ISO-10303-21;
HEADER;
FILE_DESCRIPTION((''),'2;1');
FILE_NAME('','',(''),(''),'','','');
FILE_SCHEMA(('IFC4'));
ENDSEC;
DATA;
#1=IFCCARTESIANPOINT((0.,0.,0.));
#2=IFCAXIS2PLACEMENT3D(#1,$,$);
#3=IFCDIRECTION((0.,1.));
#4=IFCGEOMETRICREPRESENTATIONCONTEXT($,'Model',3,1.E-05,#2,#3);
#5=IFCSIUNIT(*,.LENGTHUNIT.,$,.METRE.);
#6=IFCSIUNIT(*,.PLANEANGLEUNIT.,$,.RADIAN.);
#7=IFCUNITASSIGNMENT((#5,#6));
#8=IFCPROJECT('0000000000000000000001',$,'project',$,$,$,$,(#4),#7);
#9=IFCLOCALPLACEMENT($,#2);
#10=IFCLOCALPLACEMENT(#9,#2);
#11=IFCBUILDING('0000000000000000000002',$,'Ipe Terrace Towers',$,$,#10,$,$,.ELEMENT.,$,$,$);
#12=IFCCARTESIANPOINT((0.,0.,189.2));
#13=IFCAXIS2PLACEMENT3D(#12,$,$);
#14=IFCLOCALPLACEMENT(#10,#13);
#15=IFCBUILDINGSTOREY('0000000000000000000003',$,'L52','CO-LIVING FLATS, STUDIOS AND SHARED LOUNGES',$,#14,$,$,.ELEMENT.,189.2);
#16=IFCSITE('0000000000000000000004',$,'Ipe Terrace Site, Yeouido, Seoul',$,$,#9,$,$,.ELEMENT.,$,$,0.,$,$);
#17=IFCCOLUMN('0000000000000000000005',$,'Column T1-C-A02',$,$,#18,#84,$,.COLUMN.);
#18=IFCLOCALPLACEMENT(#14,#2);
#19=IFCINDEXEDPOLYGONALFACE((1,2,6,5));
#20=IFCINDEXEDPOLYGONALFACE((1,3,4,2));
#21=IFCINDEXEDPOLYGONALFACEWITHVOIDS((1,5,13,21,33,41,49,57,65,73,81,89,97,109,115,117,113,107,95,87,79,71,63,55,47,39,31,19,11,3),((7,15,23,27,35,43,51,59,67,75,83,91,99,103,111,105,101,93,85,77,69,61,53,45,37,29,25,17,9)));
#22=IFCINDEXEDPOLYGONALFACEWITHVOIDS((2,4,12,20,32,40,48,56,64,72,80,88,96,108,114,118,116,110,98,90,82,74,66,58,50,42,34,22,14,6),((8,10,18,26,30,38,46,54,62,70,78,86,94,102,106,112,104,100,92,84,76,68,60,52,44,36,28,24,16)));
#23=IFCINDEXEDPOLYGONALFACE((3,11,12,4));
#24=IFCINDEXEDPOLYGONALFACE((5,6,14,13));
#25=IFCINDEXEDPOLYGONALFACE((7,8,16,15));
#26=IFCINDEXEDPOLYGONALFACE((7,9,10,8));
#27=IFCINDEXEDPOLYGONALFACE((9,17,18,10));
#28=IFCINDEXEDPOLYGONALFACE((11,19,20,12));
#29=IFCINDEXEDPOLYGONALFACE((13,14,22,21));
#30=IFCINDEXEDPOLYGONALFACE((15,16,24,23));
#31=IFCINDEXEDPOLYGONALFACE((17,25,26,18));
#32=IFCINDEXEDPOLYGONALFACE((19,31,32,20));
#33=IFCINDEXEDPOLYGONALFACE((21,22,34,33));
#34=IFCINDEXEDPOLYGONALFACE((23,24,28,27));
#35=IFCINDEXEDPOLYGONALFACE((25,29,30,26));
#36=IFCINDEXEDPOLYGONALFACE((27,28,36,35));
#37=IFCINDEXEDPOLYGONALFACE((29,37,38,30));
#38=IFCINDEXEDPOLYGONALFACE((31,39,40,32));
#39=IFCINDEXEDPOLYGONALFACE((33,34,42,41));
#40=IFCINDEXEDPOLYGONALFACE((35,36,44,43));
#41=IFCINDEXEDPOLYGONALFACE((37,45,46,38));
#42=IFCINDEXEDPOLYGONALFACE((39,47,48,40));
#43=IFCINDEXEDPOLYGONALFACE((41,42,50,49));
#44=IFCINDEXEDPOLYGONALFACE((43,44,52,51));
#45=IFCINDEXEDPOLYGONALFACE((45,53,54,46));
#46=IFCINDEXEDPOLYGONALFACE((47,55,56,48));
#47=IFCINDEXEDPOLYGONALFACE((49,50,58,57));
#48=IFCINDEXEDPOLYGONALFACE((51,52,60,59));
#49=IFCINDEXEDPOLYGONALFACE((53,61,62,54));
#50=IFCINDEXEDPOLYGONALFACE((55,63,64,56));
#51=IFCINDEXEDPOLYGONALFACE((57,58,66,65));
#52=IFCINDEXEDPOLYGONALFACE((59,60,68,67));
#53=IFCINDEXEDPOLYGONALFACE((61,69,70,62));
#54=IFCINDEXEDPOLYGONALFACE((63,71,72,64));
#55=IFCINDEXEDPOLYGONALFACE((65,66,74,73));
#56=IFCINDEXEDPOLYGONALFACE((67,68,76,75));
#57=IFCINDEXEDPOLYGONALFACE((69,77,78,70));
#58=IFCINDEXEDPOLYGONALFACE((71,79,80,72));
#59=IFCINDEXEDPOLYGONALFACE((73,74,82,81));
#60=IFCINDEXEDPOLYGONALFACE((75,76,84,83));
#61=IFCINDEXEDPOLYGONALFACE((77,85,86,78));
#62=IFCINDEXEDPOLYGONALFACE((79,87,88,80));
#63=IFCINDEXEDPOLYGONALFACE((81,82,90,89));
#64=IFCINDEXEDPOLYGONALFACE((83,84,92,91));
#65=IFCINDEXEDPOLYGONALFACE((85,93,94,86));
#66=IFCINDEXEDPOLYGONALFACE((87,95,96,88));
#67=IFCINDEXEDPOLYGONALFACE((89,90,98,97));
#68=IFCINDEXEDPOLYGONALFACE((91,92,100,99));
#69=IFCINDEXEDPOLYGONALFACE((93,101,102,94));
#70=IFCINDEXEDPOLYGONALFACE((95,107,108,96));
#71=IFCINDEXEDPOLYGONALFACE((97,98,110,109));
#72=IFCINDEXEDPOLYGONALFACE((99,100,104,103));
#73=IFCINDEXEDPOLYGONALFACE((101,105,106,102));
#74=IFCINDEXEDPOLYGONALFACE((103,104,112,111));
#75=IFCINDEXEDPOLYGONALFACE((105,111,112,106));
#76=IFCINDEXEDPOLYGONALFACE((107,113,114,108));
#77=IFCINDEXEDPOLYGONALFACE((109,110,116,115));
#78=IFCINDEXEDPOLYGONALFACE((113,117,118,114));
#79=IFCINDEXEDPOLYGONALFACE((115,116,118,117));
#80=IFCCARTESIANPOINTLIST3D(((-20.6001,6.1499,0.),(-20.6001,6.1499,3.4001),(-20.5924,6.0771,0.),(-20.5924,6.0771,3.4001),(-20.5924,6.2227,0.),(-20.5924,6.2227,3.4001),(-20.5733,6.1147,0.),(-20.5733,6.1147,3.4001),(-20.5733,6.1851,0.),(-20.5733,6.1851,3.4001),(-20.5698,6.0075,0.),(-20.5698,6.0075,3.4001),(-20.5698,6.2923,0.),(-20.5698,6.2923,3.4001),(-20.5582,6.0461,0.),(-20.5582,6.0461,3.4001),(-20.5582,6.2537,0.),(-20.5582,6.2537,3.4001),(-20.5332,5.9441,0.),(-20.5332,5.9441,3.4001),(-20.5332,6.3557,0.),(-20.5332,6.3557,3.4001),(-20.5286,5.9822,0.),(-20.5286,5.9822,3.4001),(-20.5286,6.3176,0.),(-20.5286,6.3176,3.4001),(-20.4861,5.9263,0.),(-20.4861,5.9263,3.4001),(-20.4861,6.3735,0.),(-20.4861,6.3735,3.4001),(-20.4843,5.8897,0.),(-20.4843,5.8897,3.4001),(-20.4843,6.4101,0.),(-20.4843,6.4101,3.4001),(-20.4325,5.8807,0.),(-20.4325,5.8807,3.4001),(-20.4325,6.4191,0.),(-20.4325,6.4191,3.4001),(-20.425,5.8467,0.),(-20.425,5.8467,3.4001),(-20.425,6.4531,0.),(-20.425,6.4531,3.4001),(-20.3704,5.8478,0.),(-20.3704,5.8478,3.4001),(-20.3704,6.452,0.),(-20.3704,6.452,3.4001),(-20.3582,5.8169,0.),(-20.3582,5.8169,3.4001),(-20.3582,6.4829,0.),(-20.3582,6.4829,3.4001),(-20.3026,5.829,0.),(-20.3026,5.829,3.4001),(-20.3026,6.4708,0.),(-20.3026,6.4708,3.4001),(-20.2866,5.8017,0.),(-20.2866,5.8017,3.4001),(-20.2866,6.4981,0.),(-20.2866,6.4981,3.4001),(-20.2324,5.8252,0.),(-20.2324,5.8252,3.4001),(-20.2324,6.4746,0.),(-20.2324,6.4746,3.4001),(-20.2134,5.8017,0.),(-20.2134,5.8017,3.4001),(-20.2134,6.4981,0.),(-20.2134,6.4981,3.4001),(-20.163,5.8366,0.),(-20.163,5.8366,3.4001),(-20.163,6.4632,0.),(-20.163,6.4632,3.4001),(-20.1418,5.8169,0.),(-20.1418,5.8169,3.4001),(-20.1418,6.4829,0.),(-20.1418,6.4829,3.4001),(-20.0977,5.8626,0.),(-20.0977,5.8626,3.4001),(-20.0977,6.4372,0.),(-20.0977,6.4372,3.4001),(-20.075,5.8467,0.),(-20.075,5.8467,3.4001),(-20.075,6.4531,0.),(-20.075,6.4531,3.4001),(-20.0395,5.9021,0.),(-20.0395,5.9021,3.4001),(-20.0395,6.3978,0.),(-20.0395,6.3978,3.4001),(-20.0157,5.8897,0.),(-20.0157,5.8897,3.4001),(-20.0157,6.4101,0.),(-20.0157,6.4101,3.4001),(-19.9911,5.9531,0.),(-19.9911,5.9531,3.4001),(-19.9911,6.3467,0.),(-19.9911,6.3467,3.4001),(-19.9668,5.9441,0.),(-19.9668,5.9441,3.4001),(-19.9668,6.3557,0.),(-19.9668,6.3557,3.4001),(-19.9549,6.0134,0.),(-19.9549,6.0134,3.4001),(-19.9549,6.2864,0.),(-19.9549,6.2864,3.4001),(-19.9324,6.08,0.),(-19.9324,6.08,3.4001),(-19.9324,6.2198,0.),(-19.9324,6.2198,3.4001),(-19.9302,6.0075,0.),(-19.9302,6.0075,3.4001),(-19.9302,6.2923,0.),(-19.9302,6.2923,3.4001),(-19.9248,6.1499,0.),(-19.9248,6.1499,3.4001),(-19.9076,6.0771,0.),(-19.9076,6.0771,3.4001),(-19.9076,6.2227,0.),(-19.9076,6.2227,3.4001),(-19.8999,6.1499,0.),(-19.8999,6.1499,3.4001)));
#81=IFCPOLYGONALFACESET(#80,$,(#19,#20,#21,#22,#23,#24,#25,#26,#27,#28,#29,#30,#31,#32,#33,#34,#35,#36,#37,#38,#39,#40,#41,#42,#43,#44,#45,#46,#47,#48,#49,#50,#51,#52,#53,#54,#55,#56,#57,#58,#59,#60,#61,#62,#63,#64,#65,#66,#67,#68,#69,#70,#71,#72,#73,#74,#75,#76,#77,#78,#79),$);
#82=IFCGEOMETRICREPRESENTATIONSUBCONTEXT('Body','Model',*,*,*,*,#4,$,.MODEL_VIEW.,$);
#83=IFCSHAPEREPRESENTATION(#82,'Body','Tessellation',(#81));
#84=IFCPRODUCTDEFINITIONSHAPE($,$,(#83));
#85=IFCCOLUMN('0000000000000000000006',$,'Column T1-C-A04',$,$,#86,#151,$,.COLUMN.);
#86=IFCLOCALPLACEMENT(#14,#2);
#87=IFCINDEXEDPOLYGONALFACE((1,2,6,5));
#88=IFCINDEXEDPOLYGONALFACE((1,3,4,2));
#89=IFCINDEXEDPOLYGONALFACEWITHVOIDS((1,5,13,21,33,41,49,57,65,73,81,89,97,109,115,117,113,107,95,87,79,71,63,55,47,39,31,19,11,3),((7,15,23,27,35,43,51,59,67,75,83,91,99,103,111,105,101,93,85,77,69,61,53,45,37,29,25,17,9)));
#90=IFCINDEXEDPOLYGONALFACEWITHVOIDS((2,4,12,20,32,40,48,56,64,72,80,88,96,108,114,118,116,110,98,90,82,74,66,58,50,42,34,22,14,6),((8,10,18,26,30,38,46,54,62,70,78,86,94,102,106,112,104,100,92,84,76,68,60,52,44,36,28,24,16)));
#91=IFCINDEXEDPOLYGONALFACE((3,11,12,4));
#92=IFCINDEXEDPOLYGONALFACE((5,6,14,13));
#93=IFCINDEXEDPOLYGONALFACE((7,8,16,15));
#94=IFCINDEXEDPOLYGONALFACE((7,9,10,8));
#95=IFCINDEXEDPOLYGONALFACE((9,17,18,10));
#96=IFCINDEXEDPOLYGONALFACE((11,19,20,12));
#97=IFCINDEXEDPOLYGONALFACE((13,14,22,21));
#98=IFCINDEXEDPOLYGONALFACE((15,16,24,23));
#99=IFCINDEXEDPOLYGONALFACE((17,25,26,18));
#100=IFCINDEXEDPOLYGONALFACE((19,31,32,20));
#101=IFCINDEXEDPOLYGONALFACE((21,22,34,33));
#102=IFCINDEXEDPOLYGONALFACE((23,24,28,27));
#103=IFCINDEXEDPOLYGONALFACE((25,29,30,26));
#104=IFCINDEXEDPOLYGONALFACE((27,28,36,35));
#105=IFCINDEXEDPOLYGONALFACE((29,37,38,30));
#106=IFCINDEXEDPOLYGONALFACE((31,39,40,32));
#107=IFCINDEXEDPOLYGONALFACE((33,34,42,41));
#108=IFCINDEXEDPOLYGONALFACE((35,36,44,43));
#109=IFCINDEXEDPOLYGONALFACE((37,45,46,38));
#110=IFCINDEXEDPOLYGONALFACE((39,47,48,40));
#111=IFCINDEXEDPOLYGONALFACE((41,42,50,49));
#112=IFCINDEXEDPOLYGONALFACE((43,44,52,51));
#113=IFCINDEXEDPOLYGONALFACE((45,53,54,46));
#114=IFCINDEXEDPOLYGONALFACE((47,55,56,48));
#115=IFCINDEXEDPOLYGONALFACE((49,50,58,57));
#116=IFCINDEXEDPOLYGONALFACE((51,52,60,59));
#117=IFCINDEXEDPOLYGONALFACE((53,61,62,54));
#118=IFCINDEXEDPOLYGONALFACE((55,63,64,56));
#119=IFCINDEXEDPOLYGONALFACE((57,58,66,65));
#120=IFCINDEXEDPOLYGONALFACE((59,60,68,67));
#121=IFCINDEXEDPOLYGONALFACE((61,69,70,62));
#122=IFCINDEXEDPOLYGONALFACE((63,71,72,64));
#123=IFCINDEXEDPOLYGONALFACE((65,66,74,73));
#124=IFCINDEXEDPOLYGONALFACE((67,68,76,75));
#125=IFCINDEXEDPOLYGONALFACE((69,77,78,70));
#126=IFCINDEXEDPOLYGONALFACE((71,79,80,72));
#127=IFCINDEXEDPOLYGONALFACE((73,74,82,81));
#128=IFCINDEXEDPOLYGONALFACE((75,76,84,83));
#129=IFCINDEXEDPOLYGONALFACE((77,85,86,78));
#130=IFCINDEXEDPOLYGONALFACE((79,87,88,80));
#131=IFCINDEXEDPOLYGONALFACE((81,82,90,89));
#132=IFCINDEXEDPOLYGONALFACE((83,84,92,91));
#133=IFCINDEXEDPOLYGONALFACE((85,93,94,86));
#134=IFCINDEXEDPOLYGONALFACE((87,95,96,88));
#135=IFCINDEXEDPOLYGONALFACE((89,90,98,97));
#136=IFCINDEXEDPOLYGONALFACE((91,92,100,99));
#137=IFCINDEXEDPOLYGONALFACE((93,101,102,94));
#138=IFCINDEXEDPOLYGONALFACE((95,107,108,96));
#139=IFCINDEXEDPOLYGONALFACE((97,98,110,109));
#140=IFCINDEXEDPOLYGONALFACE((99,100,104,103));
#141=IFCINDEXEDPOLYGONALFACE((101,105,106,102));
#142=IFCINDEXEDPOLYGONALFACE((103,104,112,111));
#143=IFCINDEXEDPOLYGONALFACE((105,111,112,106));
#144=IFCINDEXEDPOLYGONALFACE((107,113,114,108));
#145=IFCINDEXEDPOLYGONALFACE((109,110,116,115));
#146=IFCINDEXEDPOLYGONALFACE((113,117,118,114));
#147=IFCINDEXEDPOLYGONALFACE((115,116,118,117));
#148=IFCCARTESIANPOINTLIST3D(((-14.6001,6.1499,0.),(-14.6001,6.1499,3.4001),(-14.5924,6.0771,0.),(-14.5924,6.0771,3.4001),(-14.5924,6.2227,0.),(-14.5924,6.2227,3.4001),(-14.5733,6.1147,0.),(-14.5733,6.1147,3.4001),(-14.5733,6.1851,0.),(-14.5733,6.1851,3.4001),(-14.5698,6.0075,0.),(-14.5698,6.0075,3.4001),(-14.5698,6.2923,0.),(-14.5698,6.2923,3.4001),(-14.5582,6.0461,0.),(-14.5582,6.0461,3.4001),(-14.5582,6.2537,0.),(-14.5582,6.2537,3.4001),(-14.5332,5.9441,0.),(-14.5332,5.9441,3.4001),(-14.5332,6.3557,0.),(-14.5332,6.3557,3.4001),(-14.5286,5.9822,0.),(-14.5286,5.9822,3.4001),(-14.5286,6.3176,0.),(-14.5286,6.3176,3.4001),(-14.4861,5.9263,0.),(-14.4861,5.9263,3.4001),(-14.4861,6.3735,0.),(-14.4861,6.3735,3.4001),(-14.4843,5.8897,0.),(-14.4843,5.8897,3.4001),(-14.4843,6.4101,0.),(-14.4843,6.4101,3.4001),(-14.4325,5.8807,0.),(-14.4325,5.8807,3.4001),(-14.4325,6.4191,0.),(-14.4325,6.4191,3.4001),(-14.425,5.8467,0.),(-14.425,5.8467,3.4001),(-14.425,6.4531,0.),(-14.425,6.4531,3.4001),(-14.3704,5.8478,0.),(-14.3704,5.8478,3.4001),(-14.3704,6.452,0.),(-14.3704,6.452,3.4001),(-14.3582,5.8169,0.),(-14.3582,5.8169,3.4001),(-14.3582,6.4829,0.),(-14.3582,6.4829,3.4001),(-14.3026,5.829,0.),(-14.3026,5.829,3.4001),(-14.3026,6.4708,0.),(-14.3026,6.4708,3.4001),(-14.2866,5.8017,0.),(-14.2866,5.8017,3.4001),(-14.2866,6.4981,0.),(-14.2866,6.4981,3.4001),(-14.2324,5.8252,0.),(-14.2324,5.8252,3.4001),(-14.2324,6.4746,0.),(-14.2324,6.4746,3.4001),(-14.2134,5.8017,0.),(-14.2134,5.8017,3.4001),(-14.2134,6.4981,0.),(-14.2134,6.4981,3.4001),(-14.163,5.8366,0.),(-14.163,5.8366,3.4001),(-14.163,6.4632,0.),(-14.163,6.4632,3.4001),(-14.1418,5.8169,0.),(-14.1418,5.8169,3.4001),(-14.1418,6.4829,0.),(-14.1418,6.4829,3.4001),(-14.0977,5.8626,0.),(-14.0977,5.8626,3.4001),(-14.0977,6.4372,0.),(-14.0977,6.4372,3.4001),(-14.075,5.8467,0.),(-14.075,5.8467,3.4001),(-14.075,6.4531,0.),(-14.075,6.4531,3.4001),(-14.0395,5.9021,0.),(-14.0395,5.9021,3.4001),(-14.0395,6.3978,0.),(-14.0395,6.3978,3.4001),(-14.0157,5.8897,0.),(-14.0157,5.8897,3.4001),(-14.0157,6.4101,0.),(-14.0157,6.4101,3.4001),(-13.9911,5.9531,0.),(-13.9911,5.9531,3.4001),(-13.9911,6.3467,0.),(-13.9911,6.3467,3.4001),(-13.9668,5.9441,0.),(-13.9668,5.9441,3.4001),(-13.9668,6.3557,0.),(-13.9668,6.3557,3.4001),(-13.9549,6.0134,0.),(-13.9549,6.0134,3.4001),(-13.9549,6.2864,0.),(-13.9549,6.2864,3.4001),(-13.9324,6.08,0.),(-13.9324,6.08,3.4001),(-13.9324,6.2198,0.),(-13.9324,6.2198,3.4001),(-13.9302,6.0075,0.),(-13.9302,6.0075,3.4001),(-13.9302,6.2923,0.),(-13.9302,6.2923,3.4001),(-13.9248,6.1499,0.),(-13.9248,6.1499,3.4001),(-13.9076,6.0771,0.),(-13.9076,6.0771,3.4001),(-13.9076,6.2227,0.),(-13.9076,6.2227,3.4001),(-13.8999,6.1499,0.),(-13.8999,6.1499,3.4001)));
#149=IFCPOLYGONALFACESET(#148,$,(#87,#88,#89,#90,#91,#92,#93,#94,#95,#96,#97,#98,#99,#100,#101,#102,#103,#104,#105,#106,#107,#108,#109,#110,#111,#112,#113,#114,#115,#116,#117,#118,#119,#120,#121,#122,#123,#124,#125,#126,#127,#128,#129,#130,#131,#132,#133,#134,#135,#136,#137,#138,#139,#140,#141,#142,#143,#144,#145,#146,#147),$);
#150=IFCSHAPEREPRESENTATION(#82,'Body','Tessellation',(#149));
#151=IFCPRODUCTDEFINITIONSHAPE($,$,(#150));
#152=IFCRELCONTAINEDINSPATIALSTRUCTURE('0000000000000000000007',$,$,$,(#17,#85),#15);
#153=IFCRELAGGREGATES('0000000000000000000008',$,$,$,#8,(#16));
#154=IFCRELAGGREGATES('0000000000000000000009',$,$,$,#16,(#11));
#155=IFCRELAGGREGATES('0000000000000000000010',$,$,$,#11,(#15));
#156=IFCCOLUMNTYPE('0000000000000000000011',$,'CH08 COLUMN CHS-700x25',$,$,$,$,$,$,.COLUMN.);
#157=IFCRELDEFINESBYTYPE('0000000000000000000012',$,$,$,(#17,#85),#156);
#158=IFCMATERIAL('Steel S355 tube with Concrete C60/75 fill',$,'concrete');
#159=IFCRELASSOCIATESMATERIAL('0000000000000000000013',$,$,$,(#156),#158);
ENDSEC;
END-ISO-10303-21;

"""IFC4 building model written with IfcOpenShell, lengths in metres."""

from ifc_helpers import new_model, si_unit, direction, frame, origin, origin_2d, place, context, subcontext, project, spatial, hollow_circle, extrude, material, material_profile, profile_set, type_object, element, save


model = new_model("IFC4")

# Units and contexts
model_context = context("Model", 3, precision=1e-05, world=origin(), true_north=direction((0.0, 1.0)))
body_context = subcontext(model_context, "Body", "Model", "MODEL_VIEW")
ifc_project = project(units=[si_unit("LENGTHUNIT", "METRE"), si_unit("PLANEANGLEUNIT", "RADIAN")], contexts=[model_context])

# Site, building, storey
site_placement = place(None, origin())
site = spatial("IfcSite", under=ifc_project, at=site_placement, Name="Ipe Terrace Site, Yeouido, Seoul", CompositionType="ELEMENT", RefElevation=0.0)
building_placement = place(site_placement, origin())
building = spatial("IfcBuilding", under=site, at=building_placement, Name="Ipe Terrace Towers", CompositionType="ELEMENT")
storey_placement = place(building_placement, frame((0.0, 0.0, 189.2)))
storey = spatial("IfcBuildingStorey", under=building, at=storey_placement, Name="L52", Description="CO-LIVING FLATS, STUDIOS AND SHARED LOUNGES", CompositionType="ELEMENT", Elevation=189.2)

# Columns
ifc_material_1 = material(Name="Steel S355 tube with Concrete C60/75 fill", Category="concrete")
ifc_material_profile_1 = material_profile(ifc_material_1, hollow_circle(Radius=0.3501, WallThickness=0.0249, at=origin_2d()), Name="CHS-700x25")
ifc_profile_set_1 = profile_set([ifc_material_profile_1], Name="Steel S355 tube with Concrete C60/75 fill")
column_type = type_object("IfcColumnType", Name="CH08 COLUMN CHS-700x25", PredefinedType="COLUMN", material=ifc_profile_set_1)
for number, where, z_axis, x_axis, name in (
    (1, (-20.25, 6.1499, 0.0), (0.0, 0.0, 1.0), (1.0, 0.0, 0.0), "Column T1-C-A02"),
    (2, (-14.25, 6.1499, 0.0), (0.0, 0.0, 1.0), (1.0, 0.0, 0.0), "Column T1-C-A04"),
):
    element("IfcColumn", number, at=place(storey_placement, frame(where, z_axis=z_axis, x_axis=x_axis)), inside=storey, type_object=column_type, Name=name, PredefinedType="COLUMN", context=body_context, shape_type="SweptSolid", body=[
        extrude(hollow_circle(Radius=0.3501, WallThickness=0.0249, at=origin_2d()), origin(), (0.0, 0.0, 1.0), 3.4001),
    ])

save(model, "model.ifc")
